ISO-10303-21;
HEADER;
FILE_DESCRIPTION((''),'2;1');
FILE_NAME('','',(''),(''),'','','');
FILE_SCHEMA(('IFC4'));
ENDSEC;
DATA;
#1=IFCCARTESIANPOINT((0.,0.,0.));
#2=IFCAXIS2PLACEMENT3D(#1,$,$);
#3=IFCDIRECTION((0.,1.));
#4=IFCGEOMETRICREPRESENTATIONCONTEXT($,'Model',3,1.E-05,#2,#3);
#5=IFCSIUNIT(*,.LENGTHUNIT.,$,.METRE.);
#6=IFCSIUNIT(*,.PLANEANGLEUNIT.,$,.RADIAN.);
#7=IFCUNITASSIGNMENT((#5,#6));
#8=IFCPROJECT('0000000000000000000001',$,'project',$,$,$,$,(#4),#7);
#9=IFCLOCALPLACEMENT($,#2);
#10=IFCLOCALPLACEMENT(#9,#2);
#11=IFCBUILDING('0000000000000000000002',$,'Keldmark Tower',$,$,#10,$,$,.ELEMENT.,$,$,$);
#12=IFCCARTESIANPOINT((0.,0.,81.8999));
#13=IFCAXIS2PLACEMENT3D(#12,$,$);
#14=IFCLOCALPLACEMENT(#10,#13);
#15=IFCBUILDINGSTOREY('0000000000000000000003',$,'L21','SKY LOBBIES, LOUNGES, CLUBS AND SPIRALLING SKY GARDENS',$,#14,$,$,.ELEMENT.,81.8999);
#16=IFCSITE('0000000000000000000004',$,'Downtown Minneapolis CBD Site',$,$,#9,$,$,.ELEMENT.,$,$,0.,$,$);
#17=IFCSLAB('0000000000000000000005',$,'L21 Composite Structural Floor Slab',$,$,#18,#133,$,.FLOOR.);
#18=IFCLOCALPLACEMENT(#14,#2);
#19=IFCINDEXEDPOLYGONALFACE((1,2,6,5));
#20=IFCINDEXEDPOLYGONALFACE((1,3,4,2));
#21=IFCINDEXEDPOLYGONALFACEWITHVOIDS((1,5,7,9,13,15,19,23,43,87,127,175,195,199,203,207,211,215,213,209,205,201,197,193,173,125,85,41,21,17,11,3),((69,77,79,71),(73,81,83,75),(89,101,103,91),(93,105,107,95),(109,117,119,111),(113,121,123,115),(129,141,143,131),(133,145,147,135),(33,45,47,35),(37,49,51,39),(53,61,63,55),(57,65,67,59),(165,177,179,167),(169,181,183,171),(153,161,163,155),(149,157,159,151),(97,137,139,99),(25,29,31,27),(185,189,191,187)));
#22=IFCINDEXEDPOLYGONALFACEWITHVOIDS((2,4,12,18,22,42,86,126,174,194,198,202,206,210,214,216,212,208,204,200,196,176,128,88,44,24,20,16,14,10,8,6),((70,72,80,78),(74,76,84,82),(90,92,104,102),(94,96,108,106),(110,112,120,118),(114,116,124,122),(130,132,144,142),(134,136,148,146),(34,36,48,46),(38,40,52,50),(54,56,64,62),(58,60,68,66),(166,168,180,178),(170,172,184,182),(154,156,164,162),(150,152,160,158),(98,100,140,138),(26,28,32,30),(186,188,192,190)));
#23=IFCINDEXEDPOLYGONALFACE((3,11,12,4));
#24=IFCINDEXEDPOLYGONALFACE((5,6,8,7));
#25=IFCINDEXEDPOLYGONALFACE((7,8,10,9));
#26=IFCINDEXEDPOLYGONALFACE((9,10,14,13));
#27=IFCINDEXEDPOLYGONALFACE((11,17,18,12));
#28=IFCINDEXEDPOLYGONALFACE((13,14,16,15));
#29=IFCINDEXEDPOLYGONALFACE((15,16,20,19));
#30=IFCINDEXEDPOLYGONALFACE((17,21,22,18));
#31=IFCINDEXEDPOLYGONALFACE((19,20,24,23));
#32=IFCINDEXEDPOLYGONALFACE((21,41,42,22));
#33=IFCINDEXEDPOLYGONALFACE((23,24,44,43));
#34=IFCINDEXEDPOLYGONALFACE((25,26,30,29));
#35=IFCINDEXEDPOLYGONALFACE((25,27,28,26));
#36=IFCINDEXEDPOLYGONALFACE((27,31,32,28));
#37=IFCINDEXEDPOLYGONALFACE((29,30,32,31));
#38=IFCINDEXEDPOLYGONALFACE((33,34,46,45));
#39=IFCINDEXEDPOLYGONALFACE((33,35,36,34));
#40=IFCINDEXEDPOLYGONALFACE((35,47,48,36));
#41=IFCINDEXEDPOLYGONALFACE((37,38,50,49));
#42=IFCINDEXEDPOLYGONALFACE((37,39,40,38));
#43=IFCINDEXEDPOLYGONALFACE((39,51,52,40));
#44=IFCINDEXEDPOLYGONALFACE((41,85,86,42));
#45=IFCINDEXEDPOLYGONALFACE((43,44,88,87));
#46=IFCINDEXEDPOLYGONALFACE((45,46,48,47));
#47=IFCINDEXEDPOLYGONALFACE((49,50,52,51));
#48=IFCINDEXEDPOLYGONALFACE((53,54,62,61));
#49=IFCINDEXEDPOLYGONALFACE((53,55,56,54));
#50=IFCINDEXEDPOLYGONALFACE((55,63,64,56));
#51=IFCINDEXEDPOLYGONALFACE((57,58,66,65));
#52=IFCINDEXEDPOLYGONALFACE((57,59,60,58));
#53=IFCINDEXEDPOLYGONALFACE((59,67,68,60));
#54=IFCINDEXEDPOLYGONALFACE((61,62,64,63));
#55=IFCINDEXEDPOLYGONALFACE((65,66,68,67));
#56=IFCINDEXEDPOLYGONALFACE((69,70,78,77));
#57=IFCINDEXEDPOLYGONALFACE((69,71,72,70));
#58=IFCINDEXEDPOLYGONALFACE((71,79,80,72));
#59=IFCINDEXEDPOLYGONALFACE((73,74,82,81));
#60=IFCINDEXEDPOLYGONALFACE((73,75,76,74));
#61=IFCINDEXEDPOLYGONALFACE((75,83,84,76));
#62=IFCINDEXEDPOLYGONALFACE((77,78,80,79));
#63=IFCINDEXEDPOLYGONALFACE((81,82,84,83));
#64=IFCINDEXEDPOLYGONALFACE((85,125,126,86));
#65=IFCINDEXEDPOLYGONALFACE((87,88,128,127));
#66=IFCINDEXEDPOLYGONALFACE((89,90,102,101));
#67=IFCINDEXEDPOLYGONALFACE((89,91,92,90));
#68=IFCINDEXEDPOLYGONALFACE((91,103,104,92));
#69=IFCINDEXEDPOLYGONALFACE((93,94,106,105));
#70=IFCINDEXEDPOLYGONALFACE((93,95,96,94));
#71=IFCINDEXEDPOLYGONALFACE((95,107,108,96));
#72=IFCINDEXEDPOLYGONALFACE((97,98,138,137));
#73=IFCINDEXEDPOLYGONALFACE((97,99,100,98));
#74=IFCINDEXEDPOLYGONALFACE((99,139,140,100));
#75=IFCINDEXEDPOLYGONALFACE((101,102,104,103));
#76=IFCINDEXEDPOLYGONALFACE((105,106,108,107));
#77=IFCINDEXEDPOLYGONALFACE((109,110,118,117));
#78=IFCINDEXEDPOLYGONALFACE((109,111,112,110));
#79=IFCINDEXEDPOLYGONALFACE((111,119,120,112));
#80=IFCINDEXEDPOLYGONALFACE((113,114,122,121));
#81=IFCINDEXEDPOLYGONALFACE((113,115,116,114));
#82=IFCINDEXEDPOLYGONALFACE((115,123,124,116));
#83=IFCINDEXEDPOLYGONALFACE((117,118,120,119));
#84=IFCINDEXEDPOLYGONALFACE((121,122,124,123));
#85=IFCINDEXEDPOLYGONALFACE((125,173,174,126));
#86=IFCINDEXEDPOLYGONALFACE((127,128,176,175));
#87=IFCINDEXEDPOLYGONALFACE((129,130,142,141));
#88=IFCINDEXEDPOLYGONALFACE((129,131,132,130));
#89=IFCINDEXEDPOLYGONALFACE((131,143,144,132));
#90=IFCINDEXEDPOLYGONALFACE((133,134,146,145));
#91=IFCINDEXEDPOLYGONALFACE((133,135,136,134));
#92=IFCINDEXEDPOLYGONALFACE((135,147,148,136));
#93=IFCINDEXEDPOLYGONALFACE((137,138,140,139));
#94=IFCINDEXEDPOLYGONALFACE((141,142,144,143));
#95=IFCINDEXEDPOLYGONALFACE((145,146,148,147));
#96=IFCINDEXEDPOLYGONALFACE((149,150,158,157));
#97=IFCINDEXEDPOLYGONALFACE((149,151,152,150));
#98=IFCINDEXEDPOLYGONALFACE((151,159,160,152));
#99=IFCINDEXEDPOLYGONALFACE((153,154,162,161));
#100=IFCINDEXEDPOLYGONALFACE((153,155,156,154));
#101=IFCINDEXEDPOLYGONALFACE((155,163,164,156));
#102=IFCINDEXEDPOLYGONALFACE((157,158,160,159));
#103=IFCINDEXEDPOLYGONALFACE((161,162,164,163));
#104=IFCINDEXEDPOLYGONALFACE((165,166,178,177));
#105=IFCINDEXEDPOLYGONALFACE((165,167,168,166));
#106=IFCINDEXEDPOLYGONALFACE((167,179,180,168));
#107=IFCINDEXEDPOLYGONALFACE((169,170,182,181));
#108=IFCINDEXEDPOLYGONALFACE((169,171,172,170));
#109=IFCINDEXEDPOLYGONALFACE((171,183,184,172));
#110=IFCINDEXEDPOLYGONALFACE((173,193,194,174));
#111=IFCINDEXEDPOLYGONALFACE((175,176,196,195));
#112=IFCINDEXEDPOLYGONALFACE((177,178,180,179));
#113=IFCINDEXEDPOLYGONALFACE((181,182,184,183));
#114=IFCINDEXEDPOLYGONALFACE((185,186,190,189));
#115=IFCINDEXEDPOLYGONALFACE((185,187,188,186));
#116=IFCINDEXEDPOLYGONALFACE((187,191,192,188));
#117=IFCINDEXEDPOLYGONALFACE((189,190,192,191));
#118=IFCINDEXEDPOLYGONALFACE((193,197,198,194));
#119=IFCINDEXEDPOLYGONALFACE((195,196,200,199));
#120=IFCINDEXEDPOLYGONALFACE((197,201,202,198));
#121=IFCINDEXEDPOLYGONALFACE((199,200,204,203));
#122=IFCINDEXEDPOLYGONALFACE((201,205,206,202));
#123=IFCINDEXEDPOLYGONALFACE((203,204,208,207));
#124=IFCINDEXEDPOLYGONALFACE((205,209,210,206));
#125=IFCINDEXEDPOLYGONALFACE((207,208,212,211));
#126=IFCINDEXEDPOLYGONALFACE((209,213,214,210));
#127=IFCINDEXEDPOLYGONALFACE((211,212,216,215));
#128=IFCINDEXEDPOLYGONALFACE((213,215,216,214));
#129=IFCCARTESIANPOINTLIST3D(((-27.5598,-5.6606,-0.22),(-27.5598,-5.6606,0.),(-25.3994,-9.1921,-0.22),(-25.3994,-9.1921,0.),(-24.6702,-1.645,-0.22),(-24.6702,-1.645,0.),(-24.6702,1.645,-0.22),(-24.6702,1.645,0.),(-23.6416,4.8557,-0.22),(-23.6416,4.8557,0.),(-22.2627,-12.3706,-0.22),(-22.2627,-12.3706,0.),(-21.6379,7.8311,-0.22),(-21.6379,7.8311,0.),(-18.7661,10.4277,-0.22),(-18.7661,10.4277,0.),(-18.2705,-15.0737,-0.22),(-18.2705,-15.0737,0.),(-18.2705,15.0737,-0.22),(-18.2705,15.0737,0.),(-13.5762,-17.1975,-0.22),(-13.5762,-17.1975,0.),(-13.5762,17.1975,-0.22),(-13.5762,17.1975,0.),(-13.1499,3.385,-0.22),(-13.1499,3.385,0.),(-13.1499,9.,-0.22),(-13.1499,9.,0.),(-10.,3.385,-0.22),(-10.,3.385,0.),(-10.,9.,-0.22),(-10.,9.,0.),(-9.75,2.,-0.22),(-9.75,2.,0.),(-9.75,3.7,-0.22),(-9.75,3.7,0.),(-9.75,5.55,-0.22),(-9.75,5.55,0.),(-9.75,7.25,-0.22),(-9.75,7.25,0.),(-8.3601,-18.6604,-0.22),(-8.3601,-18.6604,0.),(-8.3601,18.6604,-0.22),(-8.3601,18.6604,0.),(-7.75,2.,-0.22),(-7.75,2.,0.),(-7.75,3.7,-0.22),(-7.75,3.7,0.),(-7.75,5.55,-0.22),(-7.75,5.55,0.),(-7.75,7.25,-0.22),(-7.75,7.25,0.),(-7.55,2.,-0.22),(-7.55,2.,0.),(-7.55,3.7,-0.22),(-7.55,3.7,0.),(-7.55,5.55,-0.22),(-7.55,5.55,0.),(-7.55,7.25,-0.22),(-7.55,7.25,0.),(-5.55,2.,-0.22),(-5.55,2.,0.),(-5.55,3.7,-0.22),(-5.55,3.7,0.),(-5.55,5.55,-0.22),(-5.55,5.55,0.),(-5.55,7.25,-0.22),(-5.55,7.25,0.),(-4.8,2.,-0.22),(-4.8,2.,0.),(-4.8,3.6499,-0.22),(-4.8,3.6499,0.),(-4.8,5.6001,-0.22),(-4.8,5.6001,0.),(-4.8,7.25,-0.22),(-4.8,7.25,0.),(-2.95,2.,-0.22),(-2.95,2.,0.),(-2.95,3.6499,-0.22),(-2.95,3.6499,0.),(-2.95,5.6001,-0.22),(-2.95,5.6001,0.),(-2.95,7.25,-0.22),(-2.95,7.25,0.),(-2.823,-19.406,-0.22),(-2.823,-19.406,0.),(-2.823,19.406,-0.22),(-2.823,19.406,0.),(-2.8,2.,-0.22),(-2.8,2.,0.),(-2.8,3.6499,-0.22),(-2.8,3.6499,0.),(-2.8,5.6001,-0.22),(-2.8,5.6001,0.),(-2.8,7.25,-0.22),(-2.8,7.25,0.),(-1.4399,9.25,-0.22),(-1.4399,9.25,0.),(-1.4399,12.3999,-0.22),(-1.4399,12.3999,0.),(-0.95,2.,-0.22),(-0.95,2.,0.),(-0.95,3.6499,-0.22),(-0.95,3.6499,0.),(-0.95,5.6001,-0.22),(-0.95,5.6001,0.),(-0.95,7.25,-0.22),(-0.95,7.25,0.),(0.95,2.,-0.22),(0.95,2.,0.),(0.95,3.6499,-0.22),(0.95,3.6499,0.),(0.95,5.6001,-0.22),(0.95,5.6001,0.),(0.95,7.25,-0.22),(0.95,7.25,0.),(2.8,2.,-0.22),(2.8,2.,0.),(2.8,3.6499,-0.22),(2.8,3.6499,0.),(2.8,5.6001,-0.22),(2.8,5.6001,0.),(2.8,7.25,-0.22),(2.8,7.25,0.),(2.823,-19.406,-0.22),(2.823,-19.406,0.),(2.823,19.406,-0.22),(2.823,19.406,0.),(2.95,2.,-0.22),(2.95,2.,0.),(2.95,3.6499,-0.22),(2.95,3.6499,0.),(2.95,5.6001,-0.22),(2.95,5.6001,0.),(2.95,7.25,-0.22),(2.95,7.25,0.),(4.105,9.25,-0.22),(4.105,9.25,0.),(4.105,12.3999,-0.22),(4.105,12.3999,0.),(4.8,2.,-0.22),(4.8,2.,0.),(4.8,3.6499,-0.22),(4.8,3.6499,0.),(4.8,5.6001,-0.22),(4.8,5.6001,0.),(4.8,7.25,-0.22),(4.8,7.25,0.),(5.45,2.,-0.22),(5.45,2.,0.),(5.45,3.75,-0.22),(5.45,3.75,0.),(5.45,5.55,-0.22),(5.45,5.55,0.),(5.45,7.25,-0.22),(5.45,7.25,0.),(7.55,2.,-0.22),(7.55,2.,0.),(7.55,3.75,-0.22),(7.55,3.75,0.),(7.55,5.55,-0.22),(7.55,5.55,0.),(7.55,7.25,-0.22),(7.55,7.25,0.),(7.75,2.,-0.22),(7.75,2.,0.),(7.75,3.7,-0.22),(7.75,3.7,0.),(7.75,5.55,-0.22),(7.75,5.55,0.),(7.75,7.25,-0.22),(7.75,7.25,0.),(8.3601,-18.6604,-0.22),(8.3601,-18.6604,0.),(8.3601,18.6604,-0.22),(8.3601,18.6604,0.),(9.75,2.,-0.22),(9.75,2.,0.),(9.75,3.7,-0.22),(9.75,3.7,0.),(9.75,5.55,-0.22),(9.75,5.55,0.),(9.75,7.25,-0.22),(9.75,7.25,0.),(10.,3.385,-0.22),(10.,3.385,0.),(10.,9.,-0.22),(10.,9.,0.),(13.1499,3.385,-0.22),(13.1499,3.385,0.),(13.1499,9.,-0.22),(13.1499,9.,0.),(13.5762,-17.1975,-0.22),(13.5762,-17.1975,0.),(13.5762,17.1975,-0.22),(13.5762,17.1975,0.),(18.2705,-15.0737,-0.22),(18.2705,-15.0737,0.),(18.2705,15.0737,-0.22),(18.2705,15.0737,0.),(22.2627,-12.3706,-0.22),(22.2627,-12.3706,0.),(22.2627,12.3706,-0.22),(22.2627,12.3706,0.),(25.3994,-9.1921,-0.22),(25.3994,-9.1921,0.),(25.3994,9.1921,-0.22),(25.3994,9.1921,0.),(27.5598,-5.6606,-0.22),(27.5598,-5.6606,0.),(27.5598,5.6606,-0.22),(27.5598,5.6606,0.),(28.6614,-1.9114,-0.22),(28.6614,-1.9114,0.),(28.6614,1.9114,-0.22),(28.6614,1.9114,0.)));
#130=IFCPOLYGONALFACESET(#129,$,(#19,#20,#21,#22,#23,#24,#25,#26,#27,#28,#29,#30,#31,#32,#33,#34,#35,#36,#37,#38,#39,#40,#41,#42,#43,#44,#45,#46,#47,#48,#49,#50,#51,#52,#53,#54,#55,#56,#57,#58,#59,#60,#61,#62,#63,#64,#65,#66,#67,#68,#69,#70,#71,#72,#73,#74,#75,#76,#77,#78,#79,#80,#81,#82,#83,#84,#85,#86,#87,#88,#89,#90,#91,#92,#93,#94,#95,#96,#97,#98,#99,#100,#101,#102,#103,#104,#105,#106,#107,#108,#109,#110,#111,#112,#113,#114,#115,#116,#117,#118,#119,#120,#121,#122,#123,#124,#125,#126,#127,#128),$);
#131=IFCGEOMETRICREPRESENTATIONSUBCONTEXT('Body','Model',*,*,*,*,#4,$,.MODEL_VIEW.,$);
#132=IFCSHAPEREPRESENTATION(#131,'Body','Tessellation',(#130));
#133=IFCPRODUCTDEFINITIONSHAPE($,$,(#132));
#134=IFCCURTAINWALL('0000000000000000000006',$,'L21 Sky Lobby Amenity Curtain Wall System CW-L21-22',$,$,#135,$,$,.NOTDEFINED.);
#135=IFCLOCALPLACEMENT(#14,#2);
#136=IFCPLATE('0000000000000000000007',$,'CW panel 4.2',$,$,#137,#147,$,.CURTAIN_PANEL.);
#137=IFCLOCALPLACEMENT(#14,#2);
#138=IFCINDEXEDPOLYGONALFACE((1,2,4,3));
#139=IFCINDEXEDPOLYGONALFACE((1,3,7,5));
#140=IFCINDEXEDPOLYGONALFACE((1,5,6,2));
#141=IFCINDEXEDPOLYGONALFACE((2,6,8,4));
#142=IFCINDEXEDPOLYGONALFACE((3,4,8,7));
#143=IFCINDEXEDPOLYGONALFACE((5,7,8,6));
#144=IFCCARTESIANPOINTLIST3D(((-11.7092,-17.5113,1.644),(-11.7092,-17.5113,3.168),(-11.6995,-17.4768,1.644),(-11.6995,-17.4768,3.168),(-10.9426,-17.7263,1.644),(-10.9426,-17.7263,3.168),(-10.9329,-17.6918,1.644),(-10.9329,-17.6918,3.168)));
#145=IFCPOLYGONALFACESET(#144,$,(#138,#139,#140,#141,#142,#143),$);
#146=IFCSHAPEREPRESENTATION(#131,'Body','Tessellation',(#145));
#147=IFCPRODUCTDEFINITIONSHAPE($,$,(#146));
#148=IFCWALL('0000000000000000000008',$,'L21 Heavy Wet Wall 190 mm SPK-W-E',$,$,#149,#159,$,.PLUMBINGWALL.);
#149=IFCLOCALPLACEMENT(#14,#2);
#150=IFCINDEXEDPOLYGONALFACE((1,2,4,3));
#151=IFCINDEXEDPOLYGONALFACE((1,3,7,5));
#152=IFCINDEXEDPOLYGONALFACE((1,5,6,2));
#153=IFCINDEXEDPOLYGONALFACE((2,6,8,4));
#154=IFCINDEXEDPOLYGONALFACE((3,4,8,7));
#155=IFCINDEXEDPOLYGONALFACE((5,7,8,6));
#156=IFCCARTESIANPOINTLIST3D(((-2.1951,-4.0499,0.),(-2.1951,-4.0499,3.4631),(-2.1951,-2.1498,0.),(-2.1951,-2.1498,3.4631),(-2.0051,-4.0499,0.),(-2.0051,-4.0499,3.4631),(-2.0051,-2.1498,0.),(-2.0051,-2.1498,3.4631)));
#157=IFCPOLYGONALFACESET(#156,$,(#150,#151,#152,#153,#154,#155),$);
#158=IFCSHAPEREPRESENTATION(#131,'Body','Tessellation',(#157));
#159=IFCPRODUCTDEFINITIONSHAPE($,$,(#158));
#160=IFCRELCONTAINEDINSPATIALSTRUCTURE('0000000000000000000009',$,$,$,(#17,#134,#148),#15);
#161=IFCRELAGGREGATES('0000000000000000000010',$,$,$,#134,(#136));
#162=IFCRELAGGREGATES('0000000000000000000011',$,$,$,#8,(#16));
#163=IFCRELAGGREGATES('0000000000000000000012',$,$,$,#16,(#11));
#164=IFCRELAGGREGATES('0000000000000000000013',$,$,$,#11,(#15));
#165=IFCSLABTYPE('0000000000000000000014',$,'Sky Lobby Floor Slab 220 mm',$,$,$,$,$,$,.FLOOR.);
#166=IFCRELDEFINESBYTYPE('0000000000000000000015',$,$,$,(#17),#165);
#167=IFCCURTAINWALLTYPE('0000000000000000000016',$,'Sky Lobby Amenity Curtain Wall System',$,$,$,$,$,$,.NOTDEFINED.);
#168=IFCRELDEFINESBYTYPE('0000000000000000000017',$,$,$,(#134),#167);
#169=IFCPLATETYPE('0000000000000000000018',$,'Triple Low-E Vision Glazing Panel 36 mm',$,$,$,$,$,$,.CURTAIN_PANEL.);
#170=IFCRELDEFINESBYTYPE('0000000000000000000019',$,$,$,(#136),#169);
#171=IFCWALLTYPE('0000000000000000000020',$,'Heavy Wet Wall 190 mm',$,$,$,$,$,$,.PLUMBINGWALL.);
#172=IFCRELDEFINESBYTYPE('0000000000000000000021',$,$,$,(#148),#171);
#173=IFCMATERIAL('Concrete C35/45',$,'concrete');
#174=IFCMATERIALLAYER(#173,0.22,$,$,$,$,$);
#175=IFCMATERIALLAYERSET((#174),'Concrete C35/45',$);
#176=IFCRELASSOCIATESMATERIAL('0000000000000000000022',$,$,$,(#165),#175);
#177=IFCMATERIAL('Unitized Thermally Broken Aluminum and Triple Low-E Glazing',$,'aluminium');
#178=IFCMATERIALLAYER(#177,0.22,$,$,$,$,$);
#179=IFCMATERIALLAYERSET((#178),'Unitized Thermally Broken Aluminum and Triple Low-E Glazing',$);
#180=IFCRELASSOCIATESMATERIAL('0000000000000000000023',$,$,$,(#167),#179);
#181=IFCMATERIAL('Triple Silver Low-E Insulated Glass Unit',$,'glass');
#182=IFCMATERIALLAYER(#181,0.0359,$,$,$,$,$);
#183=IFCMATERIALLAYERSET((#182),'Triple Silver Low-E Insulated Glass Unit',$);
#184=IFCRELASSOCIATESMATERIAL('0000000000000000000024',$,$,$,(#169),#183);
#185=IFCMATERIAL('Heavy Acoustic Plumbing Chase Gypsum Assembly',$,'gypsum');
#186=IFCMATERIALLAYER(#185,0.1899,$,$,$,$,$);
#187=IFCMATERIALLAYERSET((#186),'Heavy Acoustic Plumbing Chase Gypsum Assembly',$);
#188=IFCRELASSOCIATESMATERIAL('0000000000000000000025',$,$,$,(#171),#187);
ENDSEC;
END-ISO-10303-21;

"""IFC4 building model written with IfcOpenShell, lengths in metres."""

from ifc_helpers import new_model, si_unit, direction, frame, frame_2d, origin, origin_2d, place, context, subcontext, project, spatial, polyline, rectangle, outline, extrude, material, layer, layer_set, type_object, element, aggregate, save


model = new_model("IFC4")

# Units and contexts
model_context = context("Model", 3, precision=1e-05, world=origin(), true_north=direction((0.0, 1.0)))
body_context = subcontext(model_context, "Body", "Model", "MODEL_VIEW")
ifc_project = project(units=[si_unit("LENGTHUNIT", "METRE"), si_unit("PLANEANGLEUNIT", "RADIAN")], contexts=[model_context])

# Site, building, storey
site_placement = place(None, origin())
site = spatial("IfcSite", under=ifc_project, at=site_placement, Name="Downtown Minneapolis CBD Site", CompositionType="ELEMENT", RefElevation=0.0)
building_placement = place(site_placement, origin())
building = spatial("IfcBuilding", under=site, at=building_placement, Name="Keldmark Tower", CompositionType="ELEMENT")
storey_placement = place(building_placement, frame((0.0, 0.0, 81.8999)))
storey = spatial("IfcBuildingStorey", under=building, at=storey_placement, Name="L21", Description="SKY LOBBIES, LOUNGES, CLUBS AND SPIRALLING SKY GARDENS", CompositionType="ELEMENT", Elevation=81.8999)

# Slab
ifc_material_1 = material(Name="Concrete C35/45", Category="concrete")
ifc_layer_1 = layer(ifc_material_1, 0.22)
ifc_layer_set_1 = layer_set([ifc_layer_1], Name="Concrete C35/45")
slab_type_1 = type_object("IfcSlabType", Name="Sky Lobby Floor Slab 220 mm", PredefinedType="FLOOR", material=ifc_layer_set_1)
slab_1_placement = place(storey_placement, frame((0.0, 0.0, -0.22)))
element("IfcSlab", 1, at=slab_1_placement, inside=storey, type_object=slab_type_1, Name="L21 Composite Structural Floor Slab", PredefinedType="FLOOR", context=body_context, shape_type="SweptSolid", body=[
    extrude(outline(polyline([(28.6614, 1.9114), (27.5598, 5.6606), (25.3994, 9.1921), (22.2627, 12.3706), (18.2705, 15.0737), (13.5762, 17.1975), (8.3601, 18.6604), (2.823, 19.406), (-2.823, 19.406), (-8.3601, 18.6604), (-13.5762, 17.1975), (-18.2705, 15.0737), (-18.7661, 10.4277), (-21.6379, 7.8311), (-23.6416, 4.8557), (-24.6702, 1.645), (-24.6702, -1.645), (-27.5598, -5.6606), (-25.3994, -9.1921), (-22.2627, -12.3706), (-18.2705, -15.0737), (-13.5762, -17.1975), (-8.3601, -18.6604), (-2.823, -19.406), (2.823, -19.406), (8.3601, -18.6604), (13.5762, -17.1975), (18.2705, -15.0737), (22.2627, -12.3706), (25.3994, -9.1921), (27.5598, -5.6606), (28.6614, -1.9114), (28.6614, 1.9114)]), holes=[polyline([(-10.0, 3.385), (-10.0, 9.0), (-13.1499, 9.0), (-13.1499, 3.385), (-10.0, 3.385)]), polyline([(13.1499, 3.385), (13.1499, 9.0), (10.0, 9.0), (10.0, 3.385), (13.1499, 3.385)]), polyline([(-1.4399, 9.25), (4.105, 9.25), (4.105, 12.3999), (-1.4399, 12.3999), (-1.4399, 9.25)]), polyline([(-9.75, 2.0), (-7.75, 2.0), (-7.75, 3.7), (-9.75, 3.7), (-9.75, 2.0)]), polyline([(7.75, 2.0), (9.75, 2.0), (9.75, 3.7), (7.75, 3.7), (7.75, 2.0)]), polyline([(5.45, 2.0), (7.55, 2.0), (7.55, 3.75), (5.45, 3.75), (5.45, 2.0)]), polyline([(-4.8, 2.0), (-2.95, 2.0), (-2.95, 3.6499), (-4.8, 3.6499), (-4.8, 2.0)]), polyline([(-2.8, 2.0), (-0.95, 2.0), (-0.95, 3.6499), (-2.8, 3.6499), (-2.8, 2.0)]), polyline([(0.95, 2.0), (2.8, 2.0), (2.8, 3.6499), (0.95, 3.6499), (0.95, 2.0)]), polyline([(2.95, 2.0), (4.8, 2.0), (4.8, 3.6499), (2.95, 3.6499), (2.95, 2.0)]), polyline([(-4.8, 5.6001), (-2.95, 5.6001), (-2.95, 7.25), (-4.8, 7.25), (-4.8, 5.6001)]), polyline([(-2.8, 5.6001), (-0.95, 5.6001), (-0.95, 7.25), (-2.8, 7.25), (-2.8, 5.6001)]), polyline([(0.95, 5.6001), (2.8, 5.6001), (2.8, 7.25), (0.95, 7.25), (0.95, 5.6001)]), polyline([(2.95, 5.6001), (4.8, 5.6001), (4.8, 7.25), (2.95, 7.25), (2.95, 5.6001)]), polyline([(-9.75, 5.55), (-7.75, 5.55), (-7.75, 7.25), (-9.75, 7.25), (-9.75, 5.55)]), polyline([(-7.55, 5.55), (-5.55, 5.55), (-5.55, 7.25), (-7.55, 7.25), (-7.55, 5.55)]), polyline([(-7.55, 2.0), (-5.55, 2.0), (-5.55, 3.7), (-7.55, 3.7), (-7.55, 2.0)]), polyline([(5.45, 5.55), (7.55, 5.55), (7.55, 7.25), (5.45, 7.25), (5.45, 5.55)]), polyline([(7.75, 5.55), (9.75, 5.55), (9.75, 7.25), (7.75, 7.25), (7.75, 5.55)])]), origin(), (0.0, 0.0, 1.0), 0.22),
])

# Curtain wall, plate
ifc_material_2 = material(Name="Unitized Thermally Broken Aluminum and Triple Low-E Glazing", Category="aluminium")
ifc_layer_2 = layer(ifc_material_2, 0.22)
ifc_layer_set_2 = layer_set([ifc_layer_2], Name="Unitized Thermally Broken Aluminum and Triple Low-E Glazing")
curtain_wall_type = type_object("IfcCurtainWallType", Name="Sky Lobby Amenity Curtain Wall System", PredefinedType="NOTDEFINED", material=ifc_layer_set_2)
curtain_wall_placement = place(storey_placement, origin())
curtain_wall = element("IfcCurtainWall", 2, at=curtain_wall_placement, inside=storey, type_object=curtain_wall_type, Name="L21 Sky Lobby Amenity Curtain Wall System CW-L21-22", PredefinedType="NOTDEFINED")
ifc_material_3 = material(Name="Triple Silver Low-E Insulated Glass Unit", Category="glass")
ifc_layer_3 = layer(ifc_material_3, 0.0359)
ifc_layer_set_3 = layer_set([ifc_layer_3], Name="Triple Silver Low-E Insulated Glass Unit")
plate_type = type_object("IfcPlateType", Name="Triple Low-E Vision Glazing Panel 36 mm", PredefinedType="CURTAIN_PANEL", material=ifc_layer_set_3)
plate_placement = place(storey_placement, frame((-11.321, -17.6016, 1.644), z_axis=(0.0, 0.0, 1.0), x_axis=(-0.962852, 0.270028, 0.0)))
plate = element("IfcPlate", 3, at=plate_placement, type_object=plate_type, Name="CW panel 4.2", PredefinedType="CURTAIN_PANEL", context=body_context, shape_type="SweptSolid", body=[
    extrude(rectangle(XDim=0.7961, YDim=0.0359, at=origin_2d()), origin(), (0.0, 0.0, 1.0), 1.5239),
])
aggregate(curtain_wall, [plate])

# Wall
ifc_material_4 = material(Name="Heavy Acoustic Plumbing Chase Gypsum Assembly", Category="gypsum")
ifc_layer_4 = layer(ifc_material_4, 0.1899)
ifc_layer_set_4 = layer_set([ifc_layer_4], Name="Heavy Acoustic Plumbing Chase Gypsum Assembly")
wall_type_1 = type_object("IfcWallType", Name="Heavy Wet Wall 190 mm", PredefinedType="PLUMBINGWALL", material=ifc_layer_set_4)
wall_1_placement = place(storey_placement, frame((-2.1001, -4.05, 0.0), z_axis=(0.0, 0.0, 1.0), x_axis=(0.0, 1.0, 0.0)))
element("IfcWall", 4, at=wall_1_placement, inside=storey, type_object=wall_type_1, Name="L21 Heavy Wet Wall 190 mm SPK-W-E", PredefinedType="PLUMBINGWALL", context=body_context, shape_type="SweptSolid", body=[
    extrude(rectangle(XDim=1.9001, YDim=0.1899, at=frame_2d((0.9502, 0.0))), origin(), (0.0, 0.0, 1.0), 3.4631),
])

save(model, "model.ifc")
